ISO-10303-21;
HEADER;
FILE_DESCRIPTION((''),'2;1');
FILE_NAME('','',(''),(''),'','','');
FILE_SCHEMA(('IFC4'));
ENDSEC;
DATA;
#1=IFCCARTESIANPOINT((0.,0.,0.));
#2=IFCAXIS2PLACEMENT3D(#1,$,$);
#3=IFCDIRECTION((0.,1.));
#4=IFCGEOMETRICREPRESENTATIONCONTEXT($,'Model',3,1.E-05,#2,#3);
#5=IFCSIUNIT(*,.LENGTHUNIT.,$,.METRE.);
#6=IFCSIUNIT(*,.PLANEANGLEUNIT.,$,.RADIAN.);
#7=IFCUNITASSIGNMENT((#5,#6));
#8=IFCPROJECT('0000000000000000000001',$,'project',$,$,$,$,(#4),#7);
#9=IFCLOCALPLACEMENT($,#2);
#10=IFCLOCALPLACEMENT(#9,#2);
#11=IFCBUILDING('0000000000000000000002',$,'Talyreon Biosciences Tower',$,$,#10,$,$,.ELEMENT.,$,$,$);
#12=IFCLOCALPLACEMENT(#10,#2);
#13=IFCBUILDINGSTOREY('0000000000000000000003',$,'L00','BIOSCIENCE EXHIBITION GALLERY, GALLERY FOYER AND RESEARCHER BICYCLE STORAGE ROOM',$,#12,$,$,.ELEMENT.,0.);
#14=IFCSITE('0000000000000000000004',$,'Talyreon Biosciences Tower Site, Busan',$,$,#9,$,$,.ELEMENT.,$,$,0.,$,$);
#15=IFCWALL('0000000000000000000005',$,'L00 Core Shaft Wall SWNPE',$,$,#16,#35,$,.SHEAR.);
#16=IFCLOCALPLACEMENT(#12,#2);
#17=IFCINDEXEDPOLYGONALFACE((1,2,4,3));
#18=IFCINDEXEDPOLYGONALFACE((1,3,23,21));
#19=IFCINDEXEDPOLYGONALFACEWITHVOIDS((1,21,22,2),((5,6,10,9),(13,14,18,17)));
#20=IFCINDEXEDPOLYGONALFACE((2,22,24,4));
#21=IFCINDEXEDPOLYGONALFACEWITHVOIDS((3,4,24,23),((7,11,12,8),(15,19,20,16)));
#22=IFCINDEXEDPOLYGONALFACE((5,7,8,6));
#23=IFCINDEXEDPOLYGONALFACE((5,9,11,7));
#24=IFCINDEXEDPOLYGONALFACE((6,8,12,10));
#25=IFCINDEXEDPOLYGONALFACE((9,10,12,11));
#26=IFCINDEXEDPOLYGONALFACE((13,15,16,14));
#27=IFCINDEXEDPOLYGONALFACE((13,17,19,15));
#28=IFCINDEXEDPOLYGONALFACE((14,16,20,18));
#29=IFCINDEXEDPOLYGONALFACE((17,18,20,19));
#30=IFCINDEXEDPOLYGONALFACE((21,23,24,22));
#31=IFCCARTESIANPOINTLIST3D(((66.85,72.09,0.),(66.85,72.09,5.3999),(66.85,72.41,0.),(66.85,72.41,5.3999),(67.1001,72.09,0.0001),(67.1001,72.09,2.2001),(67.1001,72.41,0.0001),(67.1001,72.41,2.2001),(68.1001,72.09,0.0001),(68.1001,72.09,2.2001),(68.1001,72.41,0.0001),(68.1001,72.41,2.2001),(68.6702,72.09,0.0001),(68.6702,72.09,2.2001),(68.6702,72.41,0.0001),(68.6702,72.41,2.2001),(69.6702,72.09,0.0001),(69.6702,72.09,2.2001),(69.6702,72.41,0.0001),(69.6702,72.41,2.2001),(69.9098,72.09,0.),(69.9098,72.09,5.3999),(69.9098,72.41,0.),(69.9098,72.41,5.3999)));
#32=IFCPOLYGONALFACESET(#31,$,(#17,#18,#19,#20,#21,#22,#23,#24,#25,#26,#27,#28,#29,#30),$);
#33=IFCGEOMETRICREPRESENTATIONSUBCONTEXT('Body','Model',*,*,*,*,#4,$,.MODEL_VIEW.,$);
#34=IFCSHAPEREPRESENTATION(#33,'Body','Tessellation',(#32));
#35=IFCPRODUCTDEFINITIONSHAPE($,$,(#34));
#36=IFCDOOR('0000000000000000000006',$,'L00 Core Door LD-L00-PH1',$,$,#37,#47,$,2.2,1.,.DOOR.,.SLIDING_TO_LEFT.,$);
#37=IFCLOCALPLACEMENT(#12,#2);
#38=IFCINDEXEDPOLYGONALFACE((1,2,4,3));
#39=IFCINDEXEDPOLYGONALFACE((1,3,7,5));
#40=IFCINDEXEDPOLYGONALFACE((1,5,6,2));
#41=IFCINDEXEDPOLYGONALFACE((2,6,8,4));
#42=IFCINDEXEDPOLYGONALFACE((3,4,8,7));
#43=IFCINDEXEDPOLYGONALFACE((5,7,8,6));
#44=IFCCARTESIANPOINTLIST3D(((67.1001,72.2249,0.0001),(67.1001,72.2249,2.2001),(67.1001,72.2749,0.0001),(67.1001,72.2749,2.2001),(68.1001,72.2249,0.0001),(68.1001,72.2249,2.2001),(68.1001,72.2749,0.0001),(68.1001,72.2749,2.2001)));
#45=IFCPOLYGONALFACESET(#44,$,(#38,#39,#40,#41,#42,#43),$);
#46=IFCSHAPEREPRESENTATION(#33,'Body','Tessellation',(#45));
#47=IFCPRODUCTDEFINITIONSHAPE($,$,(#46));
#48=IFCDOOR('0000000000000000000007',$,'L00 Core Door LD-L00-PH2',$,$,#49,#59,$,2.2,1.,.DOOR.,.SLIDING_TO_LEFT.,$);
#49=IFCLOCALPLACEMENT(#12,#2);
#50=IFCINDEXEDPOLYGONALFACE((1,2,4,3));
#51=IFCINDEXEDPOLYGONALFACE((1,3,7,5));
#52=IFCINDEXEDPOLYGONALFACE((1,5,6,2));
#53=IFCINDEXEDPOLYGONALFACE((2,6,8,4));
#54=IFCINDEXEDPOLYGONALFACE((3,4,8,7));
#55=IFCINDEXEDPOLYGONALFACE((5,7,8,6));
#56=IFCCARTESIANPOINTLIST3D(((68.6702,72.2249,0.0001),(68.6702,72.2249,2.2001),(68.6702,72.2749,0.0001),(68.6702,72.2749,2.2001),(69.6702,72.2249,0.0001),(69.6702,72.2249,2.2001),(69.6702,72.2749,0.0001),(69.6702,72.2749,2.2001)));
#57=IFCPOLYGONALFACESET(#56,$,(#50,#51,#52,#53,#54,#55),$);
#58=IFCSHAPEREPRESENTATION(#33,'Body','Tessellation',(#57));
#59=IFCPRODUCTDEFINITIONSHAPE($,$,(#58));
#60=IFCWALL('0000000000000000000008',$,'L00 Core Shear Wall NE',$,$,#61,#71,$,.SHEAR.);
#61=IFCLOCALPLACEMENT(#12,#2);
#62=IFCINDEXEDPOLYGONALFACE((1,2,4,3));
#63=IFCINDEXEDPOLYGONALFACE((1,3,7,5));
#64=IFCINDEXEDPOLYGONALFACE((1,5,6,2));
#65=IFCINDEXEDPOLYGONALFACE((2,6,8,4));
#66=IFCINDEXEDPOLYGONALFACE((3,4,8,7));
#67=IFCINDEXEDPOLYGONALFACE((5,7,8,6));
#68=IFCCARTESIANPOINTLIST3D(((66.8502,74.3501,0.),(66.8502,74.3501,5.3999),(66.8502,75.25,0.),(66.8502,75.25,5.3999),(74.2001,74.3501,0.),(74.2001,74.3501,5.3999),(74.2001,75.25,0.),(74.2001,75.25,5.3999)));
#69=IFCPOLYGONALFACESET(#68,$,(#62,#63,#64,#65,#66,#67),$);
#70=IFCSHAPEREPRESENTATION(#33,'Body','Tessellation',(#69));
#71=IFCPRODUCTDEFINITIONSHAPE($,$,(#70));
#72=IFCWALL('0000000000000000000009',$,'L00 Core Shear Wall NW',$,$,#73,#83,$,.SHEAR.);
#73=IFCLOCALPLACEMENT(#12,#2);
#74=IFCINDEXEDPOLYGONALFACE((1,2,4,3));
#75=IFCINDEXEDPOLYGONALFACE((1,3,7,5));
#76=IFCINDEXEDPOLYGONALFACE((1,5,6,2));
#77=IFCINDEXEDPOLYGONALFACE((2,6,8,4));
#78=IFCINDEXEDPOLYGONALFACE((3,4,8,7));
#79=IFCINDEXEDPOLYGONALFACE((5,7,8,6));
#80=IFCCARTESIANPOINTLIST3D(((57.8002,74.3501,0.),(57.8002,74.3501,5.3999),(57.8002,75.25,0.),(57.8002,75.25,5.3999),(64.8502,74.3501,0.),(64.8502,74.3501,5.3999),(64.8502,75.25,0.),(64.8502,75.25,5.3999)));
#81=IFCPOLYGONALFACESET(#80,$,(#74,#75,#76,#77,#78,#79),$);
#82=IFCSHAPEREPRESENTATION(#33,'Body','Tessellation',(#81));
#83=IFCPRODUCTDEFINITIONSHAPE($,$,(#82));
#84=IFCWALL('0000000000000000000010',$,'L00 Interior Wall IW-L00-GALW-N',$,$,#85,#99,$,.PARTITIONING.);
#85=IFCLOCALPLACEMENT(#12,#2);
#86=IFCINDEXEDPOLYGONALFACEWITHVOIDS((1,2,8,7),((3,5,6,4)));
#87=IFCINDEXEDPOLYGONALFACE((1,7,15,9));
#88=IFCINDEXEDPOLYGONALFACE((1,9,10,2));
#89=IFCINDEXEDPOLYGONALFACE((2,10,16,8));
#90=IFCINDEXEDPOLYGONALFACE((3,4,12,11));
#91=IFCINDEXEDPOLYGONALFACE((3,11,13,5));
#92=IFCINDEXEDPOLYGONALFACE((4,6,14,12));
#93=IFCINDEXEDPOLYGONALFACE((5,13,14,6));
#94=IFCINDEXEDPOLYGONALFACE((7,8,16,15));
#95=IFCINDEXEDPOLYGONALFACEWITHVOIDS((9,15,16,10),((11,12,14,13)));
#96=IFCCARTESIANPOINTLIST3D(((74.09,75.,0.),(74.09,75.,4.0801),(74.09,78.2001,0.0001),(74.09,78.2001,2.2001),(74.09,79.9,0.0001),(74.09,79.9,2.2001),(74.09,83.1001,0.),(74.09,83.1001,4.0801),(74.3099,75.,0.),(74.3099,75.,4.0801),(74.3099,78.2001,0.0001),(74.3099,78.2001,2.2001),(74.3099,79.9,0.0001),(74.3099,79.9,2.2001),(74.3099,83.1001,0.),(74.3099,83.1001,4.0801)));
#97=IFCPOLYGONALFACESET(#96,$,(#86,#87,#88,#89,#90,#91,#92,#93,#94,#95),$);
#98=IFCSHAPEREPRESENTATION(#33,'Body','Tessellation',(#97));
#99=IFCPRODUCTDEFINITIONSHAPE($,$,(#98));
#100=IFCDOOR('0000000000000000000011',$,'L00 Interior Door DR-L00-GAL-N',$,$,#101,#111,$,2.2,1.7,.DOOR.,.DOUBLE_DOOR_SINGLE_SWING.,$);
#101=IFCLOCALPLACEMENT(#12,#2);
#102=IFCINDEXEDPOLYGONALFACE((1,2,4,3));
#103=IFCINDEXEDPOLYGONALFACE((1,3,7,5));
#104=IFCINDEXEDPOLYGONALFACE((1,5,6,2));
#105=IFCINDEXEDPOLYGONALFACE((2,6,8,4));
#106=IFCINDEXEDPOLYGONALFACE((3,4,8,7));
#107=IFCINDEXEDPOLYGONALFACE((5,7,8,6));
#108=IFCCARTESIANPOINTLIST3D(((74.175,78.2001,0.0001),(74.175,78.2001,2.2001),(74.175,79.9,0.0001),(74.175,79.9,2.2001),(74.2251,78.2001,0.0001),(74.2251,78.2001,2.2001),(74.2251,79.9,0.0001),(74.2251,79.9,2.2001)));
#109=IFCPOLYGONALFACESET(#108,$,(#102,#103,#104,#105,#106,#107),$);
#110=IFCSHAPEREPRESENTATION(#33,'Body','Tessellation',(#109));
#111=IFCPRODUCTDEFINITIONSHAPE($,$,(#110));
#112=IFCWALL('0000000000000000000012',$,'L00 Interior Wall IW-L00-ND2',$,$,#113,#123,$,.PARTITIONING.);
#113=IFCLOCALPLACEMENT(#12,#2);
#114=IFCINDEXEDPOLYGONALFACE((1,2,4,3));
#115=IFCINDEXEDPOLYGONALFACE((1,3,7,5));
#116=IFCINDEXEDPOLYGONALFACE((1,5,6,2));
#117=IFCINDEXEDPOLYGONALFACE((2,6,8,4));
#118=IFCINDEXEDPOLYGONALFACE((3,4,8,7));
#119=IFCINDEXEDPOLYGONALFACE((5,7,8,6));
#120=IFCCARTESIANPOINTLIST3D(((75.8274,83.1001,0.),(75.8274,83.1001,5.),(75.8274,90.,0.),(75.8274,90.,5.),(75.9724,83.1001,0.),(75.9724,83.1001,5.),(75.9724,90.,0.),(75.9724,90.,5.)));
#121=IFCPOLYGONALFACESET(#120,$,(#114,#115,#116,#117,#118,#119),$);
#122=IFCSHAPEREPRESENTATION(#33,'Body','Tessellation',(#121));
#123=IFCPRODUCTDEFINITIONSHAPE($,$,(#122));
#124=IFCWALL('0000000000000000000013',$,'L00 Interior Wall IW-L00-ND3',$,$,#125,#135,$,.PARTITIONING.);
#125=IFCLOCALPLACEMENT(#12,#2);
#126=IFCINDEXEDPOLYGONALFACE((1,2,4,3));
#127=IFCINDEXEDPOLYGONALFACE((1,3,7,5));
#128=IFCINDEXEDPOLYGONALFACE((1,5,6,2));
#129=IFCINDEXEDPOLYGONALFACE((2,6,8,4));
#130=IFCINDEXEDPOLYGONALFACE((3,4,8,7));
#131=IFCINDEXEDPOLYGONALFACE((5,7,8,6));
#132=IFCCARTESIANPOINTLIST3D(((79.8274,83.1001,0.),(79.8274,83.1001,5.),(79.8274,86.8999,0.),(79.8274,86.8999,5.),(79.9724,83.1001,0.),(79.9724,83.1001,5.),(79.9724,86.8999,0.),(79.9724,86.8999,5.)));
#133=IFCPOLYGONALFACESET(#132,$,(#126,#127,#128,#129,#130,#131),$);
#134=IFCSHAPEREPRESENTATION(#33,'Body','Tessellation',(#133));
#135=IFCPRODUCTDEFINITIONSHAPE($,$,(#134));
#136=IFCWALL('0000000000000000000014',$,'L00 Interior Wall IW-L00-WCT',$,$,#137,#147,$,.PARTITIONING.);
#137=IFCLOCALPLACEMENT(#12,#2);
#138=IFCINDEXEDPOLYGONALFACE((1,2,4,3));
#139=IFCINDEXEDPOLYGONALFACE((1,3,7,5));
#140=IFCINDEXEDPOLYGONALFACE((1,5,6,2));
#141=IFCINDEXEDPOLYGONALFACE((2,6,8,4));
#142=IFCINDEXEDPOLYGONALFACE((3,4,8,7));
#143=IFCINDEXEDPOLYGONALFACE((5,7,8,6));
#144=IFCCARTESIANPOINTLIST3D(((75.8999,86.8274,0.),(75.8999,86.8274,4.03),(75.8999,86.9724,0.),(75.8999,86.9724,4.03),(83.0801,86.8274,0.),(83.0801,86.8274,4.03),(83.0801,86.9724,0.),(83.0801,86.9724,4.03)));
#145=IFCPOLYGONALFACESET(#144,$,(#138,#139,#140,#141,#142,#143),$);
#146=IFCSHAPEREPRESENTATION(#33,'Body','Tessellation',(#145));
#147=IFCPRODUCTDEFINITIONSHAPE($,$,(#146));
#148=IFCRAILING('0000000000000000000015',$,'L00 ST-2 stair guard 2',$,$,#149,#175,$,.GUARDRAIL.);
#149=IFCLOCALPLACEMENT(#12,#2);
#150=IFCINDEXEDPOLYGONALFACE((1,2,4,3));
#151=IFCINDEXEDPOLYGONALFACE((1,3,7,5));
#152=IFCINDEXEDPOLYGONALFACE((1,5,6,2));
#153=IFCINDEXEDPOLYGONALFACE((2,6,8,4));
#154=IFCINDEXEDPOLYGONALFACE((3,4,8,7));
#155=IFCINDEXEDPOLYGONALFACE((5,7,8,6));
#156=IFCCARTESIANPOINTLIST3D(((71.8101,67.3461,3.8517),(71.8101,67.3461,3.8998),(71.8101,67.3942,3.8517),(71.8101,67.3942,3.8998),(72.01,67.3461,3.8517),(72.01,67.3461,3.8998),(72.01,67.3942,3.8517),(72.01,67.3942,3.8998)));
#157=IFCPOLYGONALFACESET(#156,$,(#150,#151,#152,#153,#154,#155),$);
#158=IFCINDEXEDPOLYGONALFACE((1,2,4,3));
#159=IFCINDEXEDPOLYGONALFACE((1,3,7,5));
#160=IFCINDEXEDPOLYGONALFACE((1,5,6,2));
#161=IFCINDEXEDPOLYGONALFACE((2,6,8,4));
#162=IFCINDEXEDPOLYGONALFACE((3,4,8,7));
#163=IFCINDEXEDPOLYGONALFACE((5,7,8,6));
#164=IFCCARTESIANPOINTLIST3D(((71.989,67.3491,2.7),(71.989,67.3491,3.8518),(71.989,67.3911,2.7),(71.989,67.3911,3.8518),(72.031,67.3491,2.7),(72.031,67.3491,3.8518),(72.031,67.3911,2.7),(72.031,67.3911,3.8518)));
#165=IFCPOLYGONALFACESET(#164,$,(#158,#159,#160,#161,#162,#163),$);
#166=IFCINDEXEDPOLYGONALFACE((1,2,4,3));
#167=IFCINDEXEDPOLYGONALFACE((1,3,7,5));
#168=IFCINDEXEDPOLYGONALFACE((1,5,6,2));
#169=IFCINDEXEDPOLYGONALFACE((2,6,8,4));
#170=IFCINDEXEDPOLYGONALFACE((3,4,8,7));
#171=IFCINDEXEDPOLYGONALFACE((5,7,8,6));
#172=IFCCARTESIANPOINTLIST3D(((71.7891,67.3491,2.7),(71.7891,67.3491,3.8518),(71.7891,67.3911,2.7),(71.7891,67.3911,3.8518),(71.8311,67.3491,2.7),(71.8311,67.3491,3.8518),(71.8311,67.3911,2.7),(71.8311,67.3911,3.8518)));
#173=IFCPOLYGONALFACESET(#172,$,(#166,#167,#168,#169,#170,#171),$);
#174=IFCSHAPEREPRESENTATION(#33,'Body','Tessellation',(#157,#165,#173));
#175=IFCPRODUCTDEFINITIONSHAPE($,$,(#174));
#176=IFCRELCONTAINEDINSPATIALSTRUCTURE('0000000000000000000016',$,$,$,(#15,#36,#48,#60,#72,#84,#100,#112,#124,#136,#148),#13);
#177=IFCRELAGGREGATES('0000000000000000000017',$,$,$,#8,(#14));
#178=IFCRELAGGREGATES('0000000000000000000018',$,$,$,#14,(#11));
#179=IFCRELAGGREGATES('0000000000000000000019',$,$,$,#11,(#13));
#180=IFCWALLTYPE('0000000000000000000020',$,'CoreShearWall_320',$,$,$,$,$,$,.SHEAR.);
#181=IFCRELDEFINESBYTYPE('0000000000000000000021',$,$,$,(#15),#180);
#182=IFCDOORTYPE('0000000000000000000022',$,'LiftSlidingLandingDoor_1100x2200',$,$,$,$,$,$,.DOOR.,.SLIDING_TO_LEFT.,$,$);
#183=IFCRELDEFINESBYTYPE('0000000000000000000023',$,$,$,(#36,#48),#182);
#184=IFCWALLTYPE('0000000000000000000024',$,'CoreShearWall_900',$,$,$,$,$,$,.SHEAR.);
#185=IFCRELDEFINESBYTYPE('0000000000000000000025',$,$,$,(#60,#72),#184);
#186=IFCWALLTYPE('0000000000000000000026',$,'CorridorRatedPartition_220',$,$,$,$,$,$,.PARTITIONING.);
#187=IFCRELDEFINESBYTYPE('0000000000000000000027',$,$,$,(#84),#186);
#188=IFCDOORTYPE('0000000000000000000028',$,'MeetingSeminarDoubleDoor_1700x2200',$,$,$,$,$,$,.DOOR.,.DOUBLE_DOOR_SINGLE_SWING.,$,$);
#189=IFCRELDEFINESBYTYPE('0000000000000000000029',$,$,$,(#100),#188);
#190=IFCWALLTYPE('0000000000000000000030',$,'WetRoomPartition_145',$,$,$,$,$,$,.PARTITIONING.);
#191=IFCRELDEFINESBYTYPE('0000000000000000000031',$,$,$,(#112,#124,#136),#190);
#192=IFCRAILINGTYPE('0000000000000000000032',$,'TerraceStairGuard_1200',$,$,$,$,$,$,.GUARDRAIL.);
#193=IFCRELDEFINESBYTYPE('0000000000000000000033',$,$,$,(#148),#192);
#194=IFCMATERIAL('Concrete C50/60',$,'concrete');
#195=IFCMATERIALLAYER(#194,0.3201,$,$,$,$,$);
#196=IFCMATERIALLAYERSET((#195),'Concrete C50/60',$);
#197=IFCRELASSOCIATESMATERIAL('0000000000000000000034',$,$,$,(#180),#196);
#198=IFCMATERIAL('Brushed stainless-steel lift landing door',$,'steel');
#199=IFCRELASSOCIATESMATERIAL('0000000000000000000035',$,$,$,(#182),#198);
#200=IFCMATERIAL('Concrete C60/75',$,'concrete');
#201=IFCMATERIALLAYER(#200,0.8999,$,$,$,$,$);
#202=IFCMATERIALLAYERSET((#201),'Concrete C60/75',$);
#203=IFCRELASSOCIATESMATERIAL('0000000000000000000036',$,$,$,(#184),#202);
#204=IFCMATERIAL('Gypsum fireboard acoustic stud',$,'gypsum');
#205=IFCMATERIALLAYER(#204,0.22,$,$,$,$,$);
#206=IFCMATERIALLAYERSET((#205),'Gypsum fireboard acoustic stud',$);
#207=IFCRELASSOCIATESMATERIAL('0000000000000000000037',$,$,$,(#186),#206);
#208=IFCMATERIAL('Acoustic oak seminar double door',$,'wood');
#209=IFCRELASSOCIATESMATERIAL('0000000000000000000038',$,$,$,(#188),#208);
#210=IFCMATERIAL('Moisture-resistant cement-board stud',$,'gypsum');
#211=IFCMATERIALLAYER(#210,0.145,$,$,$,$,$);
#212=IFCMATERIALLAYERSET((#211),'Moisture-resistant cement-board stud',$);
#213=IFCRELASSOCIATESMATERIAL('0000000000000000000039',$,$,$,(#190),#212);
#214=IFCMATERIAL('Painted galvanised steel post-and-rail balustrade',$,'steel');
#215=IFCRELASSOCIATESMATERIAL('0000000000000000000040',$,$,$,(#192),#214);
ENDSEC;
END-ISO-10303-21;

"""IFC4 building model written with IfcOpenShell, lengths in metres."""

from ifc_helpers import new_model, si_unit, direction, frame, frame_2d, origin, origin_2d, place, context, subcontext, project, spatial, rectangle, extrude, material, layer, layer_set, type_object, element, fill, save


model = new_model("IFC4")

# Units and contexts
model_context = context("Model", 3, precision=1e-05, world=origin(), true_north=direction((0.0, 1.0)))
body_context = subcontext(model_context, "Body", "Model", "MODEL_VIEW")
ifc_project = project(units=[si_unit("LENGTHUNIT", "METRE"), si_unit("PLANEANGLEUNIT", "RADIAN")], contexts=[model_context])

# Site, building, storey
site_placement = place(None, origin())
site = spatial("IfcSite", under=ifc_project, at=site_placement, Name="Talyreon Biosciences Tower Site, Busan", CompositionType="ELEMENT", RefElevation=0.0)
building_placement = place(site_placement, origin())
building = spatial("IfcBuilding", under=site, at=building_placement, Name="Talyreon Biosciences Tower", CompositionType="ELEMENT")
storey_placement = place(building_placement, origin())
storey = spatial("IfcBuildingStorey", under=building, at=storey_placement, Name="L00", Description="BIOSCIENCE EXHIBITION GALLERY, GALLERY FOYER AND RESEARCHER BICYCLE STORAGE ROOM", CompositionType="ELEMENT", Elevation=0.0)

# Shared definitions
ifc_material_1 = material(Name="Concrete C60/75", Category="concrete")

# Shared definitions
ifc_material_2 = material(Name="Concrete C50/60", Category="concrete")

# Shared definitions
ifc_layer_1 = layer(ifc_material_2, 0.3201)
ifc_layer_set_1 = layer_set([ifc_layer_1], Name="Concrete C50/60")
wall_type_1 = type_object("IfcWallType", Name="CoreShearWall_320", PredefinedType="SHEAR", material=ifc_layer_set_1)

# Wall, openings, doors
wall_1_placement = place(storey_placement, frame((66.8501, 72.25, 0.0), z_axis=(0.0, 0.0, 1.0), x_axis=(1.0, 0.0, 0.0)))
wall_1 = element("IfcWall", 1, at=wall_1_placement, inside=storey, type_object=wall_type_1, Name="L00 Core Shaft Wall SWNPE", PredefinedType="SHEAR", context=body_context, shape_type="SweptSolid", body=[
    extrude(rectangle(XDim=3.0598, YDim=0.3201, at=frame_2d((1.5298, 0.0))), origin(), (0.0, 0.0, 1.0), 5.3999),
])
opening_1_placement = place(wall_1_placement, frame((0.25, 0.0, 0.0)))
opening_1 = element("IfcOpeningElement", 2, at=opening_1_placement, cuts=wall_1, PredefinedType="OPENING", context=body_context, shape_type="SweptSolid", body=[
    extrude(rectangle(XDim=1.0, YDim=2.2, at=frame_2d((0.5, 1.1001))), frame((0.0, 0.1699, 0.0), z_axis=(0.0, -1.0, 0.0), x_axis=(1.0, 0.0, 0.0)), (0.0, 0.0, 1.0), 0.3401),
])
opening_2_placement = place(wall_1_placement, frame((1.8201, 0.0, 0.0)))
opening_2 = element("IfcOpeningElement", 3, at=opening_2_placement, cuts=wall_1, PredefinedType="OPENING", context=body_context, shape_type="SweptSolid", body=[
    extrude(rectangle(XDim=1.0, YDim=2.2, at=frame_2d((0.5, 1.1001))), frame((0.0, 0.1699, 0.0), z_axis=(0.0, -1.0, 0.0), x_axis=(1.0, 0.0, 0.0)), (0.0, 0.0, 1.0), 0.3401),
])
ifc_material_3 = material(Name="Brushed stainless-steel lift landing door", Category="steel")
door_type_1 = type_object("IfcDoorType", Name="LiftSlidingLandingDoor_1100x2200", OperationType="SLIDING_TO_LEFT", PredefinedType="DOOR", material=ifc_material_3)
door_1_placement = place(opening_1_placement, origin())
door_1 = element("IfcDoor", 4, at=door_1_placement, inside=storey, type_object=door_type_1, Name="L00 Core Door LD-L00-PH1", OperationType="SLIDING_TO_LEFT", OverallHeight=2.2, OverallWidth=1.0, PredefinedType="DOOR", context=body_context, shape_type="SweptSolid", body=[
    extrude(rectangle(XDim=1.0, YDim=2.2, at=frame_2d((0.5, 1.1001))), frame((0.0, 0.0249, 0.0), z_axis=(0.0, -1.0, 0.0), x_axis=(1.0, 0.0, 0.0)), (0.0, 0.0, 1.0), 0.05),
])
fill(opening_1, door_1)
door_2_placement = place(opening_2_placement, origin())
door_2 = element("IfcDoor", 5, at=door_2_placement, inside=storey, type_object=door_type_1, Name="L00 Core Door LD-L00-PH2", OperationType="SLIDING_TO_LEFT", OverallHeight=2.2, OverallWidth=1.0, PredefinedType="DOOR", context=body_context, shape_type="SweptSolid", body=[
    extrude(rectangle(XDim=1.0, YDim=2.2, at=frame_2d((0.5, 1.1001))), frame((0.0, 0.0249, 0.0), z_axis=(0.0, -1.0, 0.0), x_axis=(1.0, 0.0, 0.0)), (0.0, 0.0, 1.0), 0.05),
])
fill(opening_2, door_2)

# Walls
ifc_layer_2 = layer(ifc_material_1, 0.8999)
ifc_layer_set_2 = layer_set([ifc_layer_2], Name="Concrete C60/75")
wall_type_2 = type_object("IfcWallType", Name="CoreShearWall_900", PredefinedType="SHEAR", material=ifc_layer_set_2)
wall_2_placement = place(storey_placement, frame((74.2, 74.8, 0.0), z_axis=(0.0, 0.0, 1.0), x_axis=(-1.0, 0.0, 0.0)))
element("IfcWall", 6, at=wall_2_placement, inside=storey, type_object=wall_type_2, Name="L00 Core Shear Wall NE", PredefinedType="SHEAR", context=body_context, shape_type="SweptSolid", body=[
    extrude(rectangle(XDim=7.3499, YDim=0.8999, at=frame_2d((3.6748, 0.0))), origin(), (0.0, 0.0, 1.0), 5.3999),
])
wall_3_placement = place(storey_placement, frame((64.8501, 74.8, 0.0), z_axis=(0.0, 0.0, 1.0), x_axis=(-1.0, 0.0, 0.0)))
element("IfcWall", 7, at=wall_3_placement, inside=storey, type_object=wall_type_2, Name="L00 Core Shear Wall NW", PredefinedType="SHEAR", context=body_context, shape_type="SweptSolid", body=[
    extrude(rectangle(XDim=7.05, YDim=0.8999, at=frame_2d((3.5249, 0.0))), origin(), (0.0, 0.0, 1.0), 5.3999),
])

# Wall, opening, door
ifc_material_4 = material(Name="Gypsum fireboard acoustic stud", Category="gypsum")
ifc_layer_3 = layer(ifc_material_4, 0.22)
ifc_layer_set_3 = layer_set([ifc_layer_3], Name="Gypsum fireboard acoustic stud")
wall_type_3 = type_object("IfcWallType", Name="CorridorRatedPartition_220", PredefinedType="PARTITIONING", material=ifc_layer_set_3)
wall_4_placement = place(storey_placement, frame((74.2, 75.0, 0.0), z_axis=(0.0, 0.0, 1.0), x_axis=(0.0, 1.0, 0.0)))
wall_4 = element("IfcWall", 8, at=wall_4_placement, inside=storey, type_object=wall_type_3, Name="L00 Interior Wall IW-L00-GALW-N", PredefinedType="PARTITIONING", context=body_context, shape_type="SweptSolid", body=[
    extrude(rectangle(XDim=8.1001, YDim=0.22, at=frame_2d((4.05, 0.0))), origin(), (0.0, 0.0, 1.0), 4.0801),
])
opening_3_placement = place(wall_4_placement, frame((3.2, 0.0, 0.0)))
opening_3 = element("IfcOpeningElement", 9, at=opening_3_placement, cuts=wall_4, PredefinedType="OPENING", context=body_context, shape_type="SweptSolid", body=[
    extrude(rectangle(XDim=1.7, YDim=2.2, at=frame_2d((0.8501, 1.1001))), frame((0.0, 0.1199, 0.0), z_axis=(0.0, -1.0, 0.0), x_axis=(1.0, 0.0, 0.0)), (0.0, 0.0, 1.0), 0.24),
])
ifc_material_5 = material(Name="Acoustic oak seminar double door", Category="wood")
door_type_2 = type_object("IfcDoorType", Name="MeetingSeminarDoubleDoor_1700x2200", OperationType="DOUBLE_DOOR_SINGLE_SWING", PredefinedType="DOOR", material=ifc_material_5)
door_3_placement = place(opening_3_placement, origin())
door_3 = element("IfcDoor", 10, at=door_3_placement, inside=storey, type_object=door_type_2, Name="L00 Interior Door DR-L00-GAL-N", OperationType="DOUBLE_DOOR_SINGLE_SWING", OverallHeight=2.2, OverallWidth=1.7, PredefinedType="DOOR", context=body_context, shape_type="SweptSolid", body=[
    extrude(rectangle(XDim=1.7, YDim=2.2, at=frame_2d((0.8501, 1.1001))), frame((0.0, 0.0249, 0.0), z_axis=(0.0, -1.0, 0.0), x_axis=(1.0, 0.0, 0.0)), (0.0, 0.0, 1.0), 0.05),
])
fill(opening_3, door_3)

# Walls
ifc_material_6 = material(Name="Moisture-resistant cement-board stud", Category="gypsum")
ifc_layer_4 = layer(ifc_material_6, 0.145)
ifc_layer_set_4 = layer_set([ifc_layer_4], Name="Moisture-resistant cement-board stud")
wall_type_4 = type_object("IfcWallType", Name="WetRoomPartition_145", PredefinedType="PARTITIONING", material=ifc_layer_set_4)
wall_5_placement = place(storey_placement, frame((75.8999, 83.1001, 0.0), z_axis=(0.0, 0.0, 1.0), x_axis=(0.0, 1.0, 0.0)))
element("IfcWall", 11, at=wall_5_placement, inside=storey, type_object=wall_type_4, Name="L00 Interior Wall IW-L00-ND2", PredefinedType="PARTITIONING", context=body_context, shape_type="SweptSolid", body=[
    extrude(rectangle(XDim=6.8999, YDim=0.145, at=frame_2d((3.45, 0.0))), origin(), (0.0, 0.0, 1.0), 5.0),
])
wall_6_placement = place(storey_placement, frame((79.8999, 83.1001, 0.0), z_axis=(0.0, 0.0, 1.0), x_axis=(0.0, 1.0, 0.0)))
element("IfcWall", 12, at=wall_6_placement, inside=storey, type_object=wall_type_4, Name="L00 Interior Wall IW-L00-ND3", PredefinedType="PARTITIONING", context=body_context, shape_type="SweptSolid", body=[
    extrude(rectangle(XDim=3.7998, YDim=0.145, at=frame_2d((1.8999, 0.0))), origin(), (0.0, 0.0, 1.0), 5.0),
])
wall_7_placement = place(storey_placement, frame((75.8999, 86.8999, 0.0), z_axis=(0.0, 0.0, 1.0), x_axis=(1.0, 0.0, 0.0)))
element("IfcWall", 13, at=wall_7_placement, inside=storey, type_object=wall_type_4, Name="L00 Interior Wall IW-L00-WCT", PredefinedType="PARTITIONING", context=body_context, shape_type="SweptSolid", body=[
    extrude(rectangle(XDim=7.1802, YDim=0.145, at=frame_2d((3.5901, 0.0))), origin(), (0.0, 0.0, 1.0), 4.03),
])

# Railing
ifc_material_7 = material(Name="Painted galvanised steel post-and-rail balustrade", Category="steel")
railing_type = type_object("IfcRailingType", Name="TerraceStairGuard_1200", PredefinedType="GUARDRAIL", material=ifc_material_7)
railing_placement = place(storey_placement, frame((72.01, 67.3701, 2.7)))
element("IfcRailing", 14, at=railing_placement, inside=storey, type_object=railing_type, Name="L00 ST-2 stair guard 2", PredefinedType="GUARDRAIL", context=body_context, shape_type="SweptSolid", body=[
    extrude(rectangle(XDim=0.0481, YDim=0.0481, at=origin_2d()), frame((0.0, 0.0, 1.1758), z_axis=(-1.0, 0.0, 0.0), x_axis=(0.0, -1.0, 0.0)), (0.0, 0.0, 1.0), 0.2),
    extrude(rectangle(XDim=0.042, YDim=0.042, at=origin_2d()), origin(), (0.0, 0.0, 1.0), 1.1519),
    extrude(rectangle(XDim=0.042, YDim=0.042, at=origin_2d()), frame((-0.2, 0.0, 0.0)), (0.0, 0.0, 1.0), 1.1519),
])

save(model, "model.ifc")
